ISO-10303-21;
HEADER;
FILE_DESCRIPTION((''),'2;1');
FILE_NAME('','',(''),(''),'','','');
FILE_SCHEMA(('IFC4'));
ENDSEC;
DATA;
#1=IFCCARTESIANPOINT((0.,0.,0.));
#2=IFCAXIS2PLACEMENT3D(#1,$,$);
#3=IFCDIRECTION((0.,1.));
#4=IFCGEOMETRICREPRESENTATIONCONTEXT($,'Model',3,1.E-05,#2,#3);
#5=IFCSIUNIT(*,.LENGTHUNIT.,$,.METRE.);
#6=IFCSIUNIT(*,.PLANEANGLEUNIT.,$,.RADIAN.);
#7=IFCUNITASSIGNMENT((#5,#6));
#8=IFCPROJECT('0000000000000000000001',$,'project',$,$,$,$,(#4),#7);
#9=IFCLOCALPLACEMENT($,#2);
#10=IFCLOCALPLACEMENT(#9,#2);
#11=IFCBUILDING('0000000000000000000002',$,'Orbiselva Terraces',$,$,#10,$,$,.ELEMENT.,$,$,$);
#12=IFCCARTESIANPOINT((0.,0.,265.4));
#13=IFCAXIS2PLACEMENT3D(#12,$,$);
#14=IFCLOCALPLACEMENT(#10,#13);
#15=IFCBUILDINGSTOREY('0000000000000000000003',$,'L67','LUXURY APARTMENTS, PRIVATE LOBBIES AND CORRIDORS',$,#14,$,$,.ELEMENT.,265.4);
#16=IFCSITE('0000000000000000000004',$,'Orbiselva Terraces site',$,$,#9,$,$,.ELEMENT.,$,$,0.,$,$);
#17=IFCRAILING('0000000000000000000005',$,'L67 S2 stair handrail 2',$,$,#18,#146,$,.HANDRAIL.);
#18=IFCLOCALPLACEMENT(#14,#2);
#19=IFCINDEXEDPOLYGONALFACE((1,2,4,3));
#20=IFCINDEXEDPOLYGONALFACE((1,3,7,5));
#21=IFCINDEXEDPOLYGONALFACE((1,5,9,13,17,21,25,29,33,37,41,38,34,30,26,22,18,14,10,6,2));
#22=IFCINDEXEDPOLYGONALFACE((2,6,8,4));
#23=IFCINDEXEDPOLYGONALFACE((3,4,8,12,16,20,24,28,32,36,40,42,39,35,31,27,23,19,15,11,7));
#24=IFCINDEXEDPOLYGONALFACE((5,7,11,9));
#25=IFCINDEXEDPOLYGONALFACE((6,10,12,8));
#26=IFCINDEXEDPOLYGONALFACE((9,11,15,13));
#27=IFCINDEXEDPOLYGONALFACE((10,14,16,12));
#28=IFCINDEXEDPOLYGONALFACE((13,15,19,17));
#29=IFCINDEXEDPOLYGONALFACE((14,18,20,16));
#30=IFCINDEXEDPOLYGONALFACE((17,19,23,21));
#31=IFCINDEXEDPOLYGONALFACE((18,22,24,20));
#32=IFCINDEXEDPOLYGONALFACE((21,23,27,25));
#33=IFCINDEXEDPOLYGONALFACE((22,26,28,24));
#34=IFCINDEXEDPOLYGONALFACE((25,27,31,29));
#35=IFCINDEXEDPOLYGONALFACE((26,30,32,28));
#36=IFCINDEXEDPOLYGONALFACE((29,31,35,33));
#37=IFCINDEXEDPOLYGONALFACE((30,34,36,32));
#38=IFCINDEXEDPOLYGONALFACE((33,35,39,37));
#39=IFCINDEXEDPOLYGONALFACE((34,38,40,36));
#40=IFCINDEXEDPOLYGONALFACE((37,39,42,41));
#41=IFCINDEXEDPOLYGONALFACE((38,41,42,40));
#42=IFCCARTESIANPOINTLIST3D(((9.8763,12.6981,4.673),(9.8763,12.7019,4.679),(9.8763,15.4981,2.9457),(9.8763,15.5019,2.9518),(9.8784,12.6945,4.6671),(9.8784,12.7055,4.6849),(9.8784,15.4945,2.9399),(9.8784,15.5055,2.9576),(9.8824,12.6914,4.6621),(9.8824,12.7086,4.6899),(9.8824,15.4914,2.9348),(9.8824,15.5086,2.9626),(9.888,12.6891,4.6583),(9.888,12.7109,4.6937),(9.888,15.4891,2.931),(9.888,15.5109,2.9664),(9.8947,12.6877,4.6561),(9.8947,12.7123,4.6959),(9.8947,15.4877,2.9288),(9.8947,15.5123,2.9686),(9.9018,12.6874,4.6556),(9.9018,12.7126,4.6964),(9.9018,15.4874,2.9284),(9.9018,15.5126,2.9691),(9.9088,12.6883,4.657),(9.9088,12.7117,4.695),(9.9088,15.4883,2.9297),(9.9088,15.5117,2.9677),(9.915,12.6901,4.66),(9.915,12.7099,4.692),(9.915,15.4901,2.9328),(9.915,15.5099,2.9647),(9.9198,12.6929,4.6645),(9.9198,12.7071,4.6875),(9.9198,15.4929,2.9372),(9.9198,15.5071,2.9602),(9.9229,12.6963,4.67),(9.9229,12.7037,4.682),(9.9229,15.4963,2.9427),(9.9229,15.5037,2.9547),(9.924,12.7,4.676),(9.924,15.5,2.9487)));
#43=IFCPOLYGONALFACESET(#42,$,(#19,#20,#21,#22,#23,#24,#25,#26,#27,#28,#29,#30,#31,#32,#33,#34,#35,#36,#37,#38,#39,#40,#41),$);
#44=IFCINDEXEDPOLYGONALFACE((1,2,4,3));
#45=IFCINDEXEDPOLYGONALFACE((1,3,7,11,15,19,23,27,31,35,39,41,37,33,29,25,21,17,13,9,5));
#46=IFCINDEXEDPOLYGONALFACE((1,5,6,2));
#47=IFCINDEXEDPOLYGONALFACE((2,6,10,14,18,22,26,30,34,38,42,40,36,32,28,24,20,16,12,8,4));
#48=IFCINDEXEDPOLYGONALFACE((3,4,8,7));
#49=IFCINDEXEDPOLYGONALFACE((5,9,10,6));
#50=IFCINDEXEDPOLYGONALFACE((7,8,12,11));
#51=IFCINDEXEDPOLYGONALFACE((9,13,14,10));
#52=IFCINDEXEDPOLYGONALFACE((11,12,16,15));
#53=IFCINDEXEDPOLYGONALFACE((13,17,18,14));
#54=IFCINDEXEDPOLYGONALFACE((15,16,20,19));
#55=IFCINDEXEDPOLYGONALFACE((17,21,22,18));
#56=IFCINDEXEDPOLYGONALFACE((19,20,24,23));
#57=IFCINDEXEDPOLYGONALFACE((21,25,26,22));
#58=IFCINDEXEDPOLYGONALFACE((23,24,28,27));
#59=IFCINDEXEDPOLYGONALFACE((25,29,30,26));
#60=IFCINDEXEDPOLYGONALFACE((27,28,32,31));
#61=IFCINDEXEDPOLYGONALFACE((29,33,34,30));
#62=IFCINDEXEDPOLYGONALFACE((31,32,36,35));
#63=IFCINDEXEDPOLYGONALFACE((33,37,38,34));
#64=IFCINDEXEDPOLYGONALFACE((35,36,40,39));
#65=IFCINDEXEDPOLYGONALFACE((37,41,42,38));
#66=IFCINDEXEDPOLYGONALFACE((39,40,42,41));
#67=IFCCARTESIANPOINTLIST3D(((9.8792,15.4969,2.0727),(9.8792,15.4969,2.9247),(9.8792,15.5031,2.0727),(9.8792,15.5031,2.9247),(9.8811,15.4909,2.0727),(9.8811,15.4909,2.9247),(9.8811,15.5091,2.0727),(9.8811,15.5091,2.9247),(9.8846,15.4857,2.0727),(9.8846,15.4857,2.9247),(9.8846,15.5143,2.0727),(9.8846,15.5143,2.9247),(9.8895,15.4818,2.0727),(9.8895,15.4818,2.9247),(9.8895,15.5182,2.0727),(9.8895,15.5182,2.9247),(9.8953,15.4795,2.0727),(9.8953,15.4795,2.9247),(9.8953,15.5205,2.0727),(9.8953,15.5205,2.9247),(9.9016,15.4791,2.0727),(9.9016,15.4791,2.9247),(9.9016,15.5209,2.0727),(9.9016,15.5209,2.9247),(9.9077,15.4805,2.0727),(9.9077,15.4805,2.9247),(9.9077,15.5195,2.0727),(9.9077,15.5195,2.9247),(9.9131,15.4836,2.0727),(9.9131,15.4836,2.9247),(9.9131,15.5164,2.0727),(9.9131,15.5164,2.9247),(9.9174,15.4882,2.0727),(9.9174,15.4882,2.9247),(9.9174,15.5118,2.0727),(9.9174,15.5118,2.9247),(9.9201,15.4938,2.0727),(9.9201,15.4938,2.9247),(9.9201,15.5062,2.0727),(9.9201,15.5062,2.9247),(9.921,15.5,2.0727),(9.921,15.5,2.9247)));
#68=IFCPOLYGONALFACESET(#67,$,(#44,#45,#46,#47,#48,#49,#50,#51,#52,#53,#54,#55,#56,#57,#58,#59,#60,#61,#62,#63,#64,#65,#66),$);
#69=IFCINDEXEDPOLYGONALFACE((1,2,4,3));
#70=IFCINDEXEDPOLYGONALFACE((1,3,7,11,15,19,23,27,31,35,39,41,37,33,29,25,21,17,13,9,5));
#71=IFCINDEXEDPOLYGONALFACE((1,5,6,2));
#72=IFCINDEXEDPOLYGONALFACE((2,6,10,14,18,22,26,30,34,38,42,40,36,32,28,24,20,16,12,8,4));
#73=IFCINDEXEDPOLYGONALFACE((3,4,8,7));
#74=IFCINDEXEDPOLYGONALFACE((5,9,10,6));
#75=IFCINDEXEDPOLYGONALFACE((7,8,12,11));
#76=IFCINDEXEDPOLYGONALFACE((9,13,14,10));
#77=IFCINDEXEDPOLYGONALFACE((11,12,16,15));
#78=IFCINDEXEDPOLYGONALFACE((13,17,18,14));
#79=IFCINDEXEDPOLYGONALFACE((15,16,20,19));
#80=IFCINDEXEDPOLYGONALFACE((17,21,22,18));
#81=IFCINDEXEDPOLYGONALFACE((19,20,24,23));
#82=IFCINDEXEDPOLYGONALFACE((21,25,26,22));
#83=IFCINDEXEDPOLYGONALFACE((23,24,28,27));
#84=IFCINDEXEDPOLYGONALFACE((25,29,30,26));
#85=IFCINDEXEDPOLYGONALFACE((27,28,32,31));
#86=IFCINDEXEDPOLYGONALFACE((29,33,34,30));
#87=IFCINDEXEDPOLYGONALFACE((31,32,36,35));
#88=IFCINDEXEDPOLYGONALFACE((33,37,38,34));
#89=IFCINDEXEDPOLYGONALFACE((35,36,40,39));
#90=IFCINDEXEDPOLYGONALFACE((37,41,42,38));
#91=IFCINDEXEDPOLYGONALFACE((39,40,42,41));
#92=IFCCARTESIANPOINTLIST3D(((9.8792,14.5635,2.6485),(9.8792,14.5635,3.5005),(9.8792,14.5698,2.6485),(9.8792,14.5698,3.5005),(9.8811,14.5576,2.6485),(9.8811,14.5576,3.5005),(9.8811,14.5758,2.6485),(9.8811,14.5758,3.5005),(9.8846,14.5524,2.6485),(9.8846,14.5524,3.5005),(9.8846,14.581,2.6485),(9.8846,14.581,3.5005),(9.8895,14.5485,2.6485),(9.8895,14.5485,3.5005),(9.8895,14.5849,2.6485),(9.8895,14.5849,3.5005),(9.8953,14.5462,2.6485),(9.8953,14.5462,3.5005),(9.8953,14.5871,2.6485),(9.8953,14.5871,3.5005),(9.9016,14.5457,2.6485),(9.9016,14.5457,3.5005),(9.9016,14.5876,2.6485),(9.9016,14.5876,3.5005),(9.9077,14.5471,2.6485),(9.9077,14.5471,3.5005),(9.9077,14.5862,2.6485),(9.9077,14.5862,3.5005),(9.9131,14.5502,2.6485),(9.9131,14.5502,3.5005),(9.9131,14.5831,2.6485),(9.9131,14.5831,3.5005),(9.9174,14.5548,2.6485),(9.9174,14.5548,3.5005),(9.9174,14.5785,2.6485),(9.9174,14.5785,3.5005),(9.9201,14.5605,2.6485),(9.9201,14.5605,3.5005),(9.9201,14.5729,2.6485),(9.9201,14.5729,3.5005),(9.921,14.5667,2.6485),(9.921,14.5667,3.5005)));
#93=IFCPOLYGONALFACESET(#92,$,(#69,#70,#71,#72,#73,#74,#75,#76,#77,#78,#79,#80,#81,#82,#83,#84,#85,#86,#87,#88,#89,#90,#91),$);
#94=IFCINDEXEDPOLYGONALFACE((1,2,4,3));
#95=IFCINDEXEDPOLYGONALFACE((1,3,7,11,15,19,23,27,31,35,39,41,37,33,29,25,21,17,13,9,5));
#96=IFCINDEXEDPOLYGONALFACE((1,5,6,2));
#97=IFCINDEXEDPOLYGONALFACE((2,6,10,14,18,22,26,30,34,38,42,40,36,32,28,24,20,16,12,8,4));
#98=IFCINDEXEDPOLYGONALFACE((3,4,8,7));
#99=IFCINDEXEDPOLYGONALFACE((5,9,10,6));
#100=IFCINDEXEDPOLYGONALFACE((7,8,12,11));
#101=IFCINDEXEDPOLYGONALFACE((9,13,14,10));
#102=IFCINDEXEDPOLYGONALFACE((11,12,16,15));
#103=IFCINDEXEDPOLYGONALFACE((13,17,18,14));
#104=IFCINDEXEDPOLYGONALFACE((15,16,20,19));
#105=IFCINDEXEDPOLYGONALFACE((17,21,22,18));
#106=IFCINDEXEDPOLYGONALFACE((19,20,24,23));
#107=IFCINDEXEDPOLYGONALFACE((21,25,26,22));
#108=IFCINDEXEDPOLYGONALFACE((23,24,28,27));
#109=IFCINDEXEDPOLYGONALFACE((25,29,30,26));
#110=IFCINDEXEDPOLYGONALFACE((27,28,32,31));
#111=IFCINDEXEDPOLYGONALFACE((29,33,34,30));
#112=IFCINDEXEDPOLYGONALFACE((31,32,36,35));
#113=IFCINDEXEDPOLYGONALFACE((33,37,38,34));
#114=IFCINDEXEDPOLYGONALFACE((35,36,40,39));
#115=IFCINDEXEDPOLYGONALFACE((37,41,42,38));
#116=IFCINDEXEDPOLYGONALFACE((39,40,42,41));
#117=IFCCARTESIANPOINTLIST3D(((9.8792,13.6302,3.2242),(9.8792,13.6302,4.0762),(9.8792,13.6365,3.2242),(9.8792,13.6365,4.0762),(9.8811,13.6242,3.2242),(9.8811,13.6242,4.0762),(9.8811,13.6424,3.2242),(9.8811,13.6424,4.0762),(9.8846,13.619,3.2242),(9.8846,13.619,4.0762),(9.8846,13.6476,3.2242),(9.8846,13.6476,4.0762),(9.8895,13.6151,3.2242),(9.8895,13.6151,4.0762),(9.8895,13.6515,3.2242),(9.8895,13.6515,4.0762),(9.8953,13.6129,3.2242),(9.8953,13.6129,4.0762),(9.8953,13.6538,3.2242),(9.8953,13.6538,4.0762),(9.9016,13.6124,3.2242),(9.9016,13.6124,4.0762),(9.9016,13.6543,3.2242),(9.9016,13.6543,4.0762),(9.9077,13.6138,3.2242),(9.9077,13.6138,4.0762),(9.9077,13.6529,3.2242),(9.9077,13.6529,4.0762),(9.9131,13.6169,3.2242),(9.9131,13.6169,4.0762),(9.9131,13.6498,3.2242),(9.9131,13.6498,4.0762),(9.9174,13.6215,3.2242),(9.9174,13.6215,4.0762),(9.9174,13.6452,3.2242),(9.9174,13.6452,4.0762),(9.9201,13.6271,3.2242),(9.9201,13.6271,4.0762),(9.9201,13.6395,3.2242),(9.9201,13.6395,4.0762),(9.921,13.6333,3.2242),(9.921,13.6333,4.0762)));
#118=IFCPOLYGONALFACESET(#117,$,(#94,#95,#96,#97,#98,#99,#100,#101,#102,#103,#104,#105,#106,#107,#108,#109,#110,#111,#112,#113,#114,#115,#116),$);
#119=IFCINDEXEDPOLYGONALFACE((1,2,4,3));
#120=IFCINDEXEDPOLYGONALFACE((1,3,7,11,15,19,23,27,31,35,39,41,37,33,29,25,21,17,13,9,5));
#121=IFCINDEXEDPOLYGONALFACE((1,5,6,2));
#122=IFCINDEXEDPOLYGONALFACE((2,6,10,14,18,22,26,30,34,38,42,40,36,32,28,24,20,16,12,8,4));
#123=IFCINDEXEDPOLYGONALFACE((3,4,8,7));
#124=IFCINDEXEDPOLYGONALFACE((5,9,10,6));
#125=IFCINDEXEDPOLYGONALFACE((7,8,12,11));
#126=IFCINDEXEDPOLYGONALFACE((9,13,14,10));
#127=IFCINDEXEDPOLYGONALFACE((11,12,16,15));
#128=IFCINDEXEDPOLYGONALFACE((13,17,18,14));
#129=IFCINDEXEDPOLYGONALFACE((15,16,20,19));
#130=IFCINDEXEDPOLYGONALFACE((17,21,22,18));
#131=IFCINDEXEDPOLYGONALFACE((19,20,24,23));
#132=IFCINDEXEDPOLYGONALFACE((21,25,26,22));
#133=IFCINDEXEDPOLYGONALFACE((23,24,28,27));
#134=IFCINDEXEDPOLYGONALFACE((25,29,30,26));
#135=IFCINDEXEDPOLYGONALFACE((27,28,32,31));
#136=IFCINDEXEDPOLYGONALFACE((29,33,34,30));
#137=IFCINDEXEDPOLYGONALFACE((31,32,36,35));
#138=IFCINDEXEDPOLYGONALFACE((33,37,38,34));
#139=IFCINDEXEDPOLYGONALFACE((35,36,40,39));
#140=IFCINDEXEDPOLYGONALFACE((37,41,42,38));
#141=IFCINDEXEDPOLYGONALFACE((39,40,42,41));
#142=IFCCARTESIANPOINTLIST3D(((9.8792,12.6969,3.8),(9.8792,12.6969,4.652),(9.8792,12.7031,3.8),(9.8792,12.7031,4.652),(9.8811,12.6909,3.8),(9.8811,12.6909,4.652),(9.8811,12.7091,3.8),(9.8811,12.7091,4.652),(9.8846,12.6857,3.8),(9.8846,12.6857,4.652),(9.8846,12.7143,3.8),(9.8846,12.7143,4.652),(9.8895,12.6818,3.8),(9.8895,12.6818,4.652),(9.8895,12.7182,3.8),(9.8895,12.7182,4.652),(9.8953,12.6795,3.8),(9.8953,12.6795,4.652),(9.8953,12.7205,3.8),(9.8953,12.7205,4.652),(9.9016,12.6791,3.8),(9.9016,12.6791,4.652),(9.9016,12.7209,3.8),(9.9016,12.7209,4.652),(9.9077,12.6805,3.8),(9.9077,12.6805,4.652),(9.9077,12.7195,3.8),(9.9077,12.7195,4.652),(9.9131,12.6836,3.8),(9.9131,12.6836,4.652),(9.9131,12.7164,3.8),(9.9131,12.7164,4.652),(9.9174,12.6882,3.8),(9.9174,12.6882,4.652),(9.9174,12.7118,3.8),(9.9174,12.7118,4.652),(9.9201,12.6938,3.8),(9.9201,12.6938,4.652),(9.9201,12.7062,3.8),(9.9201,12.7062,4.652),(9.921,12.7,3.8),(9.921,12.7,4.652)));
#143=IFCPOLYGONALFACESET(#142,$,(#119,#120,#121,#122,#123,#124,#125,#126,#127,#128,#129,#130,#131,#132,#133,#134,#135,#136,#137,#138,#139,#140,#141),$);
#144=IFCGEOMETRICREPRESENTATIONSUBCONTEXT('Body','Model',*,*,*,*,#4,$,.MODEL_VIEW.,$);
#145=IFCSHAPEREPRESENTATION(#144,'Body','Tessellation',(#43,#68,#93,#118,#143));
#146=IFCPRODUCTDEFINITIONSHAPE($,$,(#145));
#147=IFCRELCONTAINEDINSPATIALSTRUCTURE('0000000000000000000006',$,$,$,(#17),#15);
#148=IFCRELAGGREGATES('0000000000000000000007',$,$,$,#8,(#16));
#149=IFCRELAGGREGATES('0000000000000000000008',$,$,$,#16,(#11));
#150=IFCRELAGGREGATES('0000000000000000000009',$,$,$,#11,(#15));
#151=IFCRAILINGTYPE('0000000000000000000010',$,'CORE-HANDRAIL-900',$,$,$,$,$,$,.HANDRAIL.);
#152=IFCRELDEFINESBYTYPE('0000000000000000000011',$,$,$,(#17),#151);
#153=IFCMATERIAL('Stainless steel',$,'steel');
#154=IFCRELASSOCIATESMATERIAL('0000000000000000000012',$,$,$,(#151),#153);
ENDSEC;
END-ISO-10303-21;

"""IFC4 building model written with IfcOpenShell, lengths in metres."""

from ifc_helpers import new_model, si_unit, direction, frame, origin, origin_2d, place, context, subcontext, project, spatial, circle, extrude, material, type_object, element, save


model = new_model("IFC4")

# Units and contexts
model_context = context("Model", 3, precision=1e-05, world=origin(), true_north=direction((0.0, 1.0)))
body_context = subcontext(model_context, "Body", "Model", "MODEL_VIEW")
ifc_project = project(units=[si_unit("LENGTHUNIT", "METRE"), si_unit("PLANEANGLEUNIT", "RADIAN")], contexts=[model_context])

# Site, building, storey
site_placement = place(None, origin())
site = spatial("IfcSite", under=ifc_project, at=site_placement, Name="Orbiselva Terraces site", CompositionType="ELEMENT", RefElevation=0.0)
building_placement = place(site_placement, origin())
building = spatial("IfcBuilding", under=site, at=building_placement, Name="Orbiselva Terraces", CompositionType="ELEMENT")
storey_placement = place(building_placement, frame((0.0, 0.0, 265.4)))
storey = spatial("IfcBuildingStorey", under=building, at=storey_placement, Name="L67", Description="LUXURY APARTMENTS, PRIVATE LOBBIES AND CORRIDORS", CompositionType="ELEMENT", Elevation=265.4)

# Railing
ifc_material_1 = material(Name="Stainless steel", Category="steel")
railing_type = type_object("IfcRailingType", Name="CORE-HANDRAIL-900", PredefinedType="HANDRAIL", material=ifc_material_1)
railing_placement = place(storey_placement, frame((9.9, 15.5, 2.0727)))
element("IfcRailing", 1, at=railing_placement, inside=storey, type_object=railing_type, Name="L67 S2 stair handrail 2", PredefinedType="HANDRAIL", context=body_context, shape_type="SweptSolid", body=[
    extrude(circle(Radius=0.024, at=origin_2d()), frame((0.0, 0.0, 0.876), z_axis=(0.0, -0.851089, 0.525022), x_axis=(1.0, 0.0, 0.0)), (0.0, 0.0, 1.0), 3.2899),
    extrude(circle(Radius=0.021, at=origin_2d()), origin(), (0.0, 0.0, 1.0), 0.852),
    extrude(circle(Radius=0.021, at=origin_2d()), frame((0.0, -0.9333, 0.5758)), (0.0, 0.0, 1.0), 0.852),
    extrude(circle(Radius=0.021, at=origin_2d()), frame((0.0, -1.8667, 1.1515)), (0.0, 0.0, 1.0), 0.852),
    extrude(circle(Radius=0.021, at=origin_2d()), frame((0.0, -2.8, 1.7273)), (0.0, 0.0, 1.0), 0.852),
])

save(model, "model.ifc")
